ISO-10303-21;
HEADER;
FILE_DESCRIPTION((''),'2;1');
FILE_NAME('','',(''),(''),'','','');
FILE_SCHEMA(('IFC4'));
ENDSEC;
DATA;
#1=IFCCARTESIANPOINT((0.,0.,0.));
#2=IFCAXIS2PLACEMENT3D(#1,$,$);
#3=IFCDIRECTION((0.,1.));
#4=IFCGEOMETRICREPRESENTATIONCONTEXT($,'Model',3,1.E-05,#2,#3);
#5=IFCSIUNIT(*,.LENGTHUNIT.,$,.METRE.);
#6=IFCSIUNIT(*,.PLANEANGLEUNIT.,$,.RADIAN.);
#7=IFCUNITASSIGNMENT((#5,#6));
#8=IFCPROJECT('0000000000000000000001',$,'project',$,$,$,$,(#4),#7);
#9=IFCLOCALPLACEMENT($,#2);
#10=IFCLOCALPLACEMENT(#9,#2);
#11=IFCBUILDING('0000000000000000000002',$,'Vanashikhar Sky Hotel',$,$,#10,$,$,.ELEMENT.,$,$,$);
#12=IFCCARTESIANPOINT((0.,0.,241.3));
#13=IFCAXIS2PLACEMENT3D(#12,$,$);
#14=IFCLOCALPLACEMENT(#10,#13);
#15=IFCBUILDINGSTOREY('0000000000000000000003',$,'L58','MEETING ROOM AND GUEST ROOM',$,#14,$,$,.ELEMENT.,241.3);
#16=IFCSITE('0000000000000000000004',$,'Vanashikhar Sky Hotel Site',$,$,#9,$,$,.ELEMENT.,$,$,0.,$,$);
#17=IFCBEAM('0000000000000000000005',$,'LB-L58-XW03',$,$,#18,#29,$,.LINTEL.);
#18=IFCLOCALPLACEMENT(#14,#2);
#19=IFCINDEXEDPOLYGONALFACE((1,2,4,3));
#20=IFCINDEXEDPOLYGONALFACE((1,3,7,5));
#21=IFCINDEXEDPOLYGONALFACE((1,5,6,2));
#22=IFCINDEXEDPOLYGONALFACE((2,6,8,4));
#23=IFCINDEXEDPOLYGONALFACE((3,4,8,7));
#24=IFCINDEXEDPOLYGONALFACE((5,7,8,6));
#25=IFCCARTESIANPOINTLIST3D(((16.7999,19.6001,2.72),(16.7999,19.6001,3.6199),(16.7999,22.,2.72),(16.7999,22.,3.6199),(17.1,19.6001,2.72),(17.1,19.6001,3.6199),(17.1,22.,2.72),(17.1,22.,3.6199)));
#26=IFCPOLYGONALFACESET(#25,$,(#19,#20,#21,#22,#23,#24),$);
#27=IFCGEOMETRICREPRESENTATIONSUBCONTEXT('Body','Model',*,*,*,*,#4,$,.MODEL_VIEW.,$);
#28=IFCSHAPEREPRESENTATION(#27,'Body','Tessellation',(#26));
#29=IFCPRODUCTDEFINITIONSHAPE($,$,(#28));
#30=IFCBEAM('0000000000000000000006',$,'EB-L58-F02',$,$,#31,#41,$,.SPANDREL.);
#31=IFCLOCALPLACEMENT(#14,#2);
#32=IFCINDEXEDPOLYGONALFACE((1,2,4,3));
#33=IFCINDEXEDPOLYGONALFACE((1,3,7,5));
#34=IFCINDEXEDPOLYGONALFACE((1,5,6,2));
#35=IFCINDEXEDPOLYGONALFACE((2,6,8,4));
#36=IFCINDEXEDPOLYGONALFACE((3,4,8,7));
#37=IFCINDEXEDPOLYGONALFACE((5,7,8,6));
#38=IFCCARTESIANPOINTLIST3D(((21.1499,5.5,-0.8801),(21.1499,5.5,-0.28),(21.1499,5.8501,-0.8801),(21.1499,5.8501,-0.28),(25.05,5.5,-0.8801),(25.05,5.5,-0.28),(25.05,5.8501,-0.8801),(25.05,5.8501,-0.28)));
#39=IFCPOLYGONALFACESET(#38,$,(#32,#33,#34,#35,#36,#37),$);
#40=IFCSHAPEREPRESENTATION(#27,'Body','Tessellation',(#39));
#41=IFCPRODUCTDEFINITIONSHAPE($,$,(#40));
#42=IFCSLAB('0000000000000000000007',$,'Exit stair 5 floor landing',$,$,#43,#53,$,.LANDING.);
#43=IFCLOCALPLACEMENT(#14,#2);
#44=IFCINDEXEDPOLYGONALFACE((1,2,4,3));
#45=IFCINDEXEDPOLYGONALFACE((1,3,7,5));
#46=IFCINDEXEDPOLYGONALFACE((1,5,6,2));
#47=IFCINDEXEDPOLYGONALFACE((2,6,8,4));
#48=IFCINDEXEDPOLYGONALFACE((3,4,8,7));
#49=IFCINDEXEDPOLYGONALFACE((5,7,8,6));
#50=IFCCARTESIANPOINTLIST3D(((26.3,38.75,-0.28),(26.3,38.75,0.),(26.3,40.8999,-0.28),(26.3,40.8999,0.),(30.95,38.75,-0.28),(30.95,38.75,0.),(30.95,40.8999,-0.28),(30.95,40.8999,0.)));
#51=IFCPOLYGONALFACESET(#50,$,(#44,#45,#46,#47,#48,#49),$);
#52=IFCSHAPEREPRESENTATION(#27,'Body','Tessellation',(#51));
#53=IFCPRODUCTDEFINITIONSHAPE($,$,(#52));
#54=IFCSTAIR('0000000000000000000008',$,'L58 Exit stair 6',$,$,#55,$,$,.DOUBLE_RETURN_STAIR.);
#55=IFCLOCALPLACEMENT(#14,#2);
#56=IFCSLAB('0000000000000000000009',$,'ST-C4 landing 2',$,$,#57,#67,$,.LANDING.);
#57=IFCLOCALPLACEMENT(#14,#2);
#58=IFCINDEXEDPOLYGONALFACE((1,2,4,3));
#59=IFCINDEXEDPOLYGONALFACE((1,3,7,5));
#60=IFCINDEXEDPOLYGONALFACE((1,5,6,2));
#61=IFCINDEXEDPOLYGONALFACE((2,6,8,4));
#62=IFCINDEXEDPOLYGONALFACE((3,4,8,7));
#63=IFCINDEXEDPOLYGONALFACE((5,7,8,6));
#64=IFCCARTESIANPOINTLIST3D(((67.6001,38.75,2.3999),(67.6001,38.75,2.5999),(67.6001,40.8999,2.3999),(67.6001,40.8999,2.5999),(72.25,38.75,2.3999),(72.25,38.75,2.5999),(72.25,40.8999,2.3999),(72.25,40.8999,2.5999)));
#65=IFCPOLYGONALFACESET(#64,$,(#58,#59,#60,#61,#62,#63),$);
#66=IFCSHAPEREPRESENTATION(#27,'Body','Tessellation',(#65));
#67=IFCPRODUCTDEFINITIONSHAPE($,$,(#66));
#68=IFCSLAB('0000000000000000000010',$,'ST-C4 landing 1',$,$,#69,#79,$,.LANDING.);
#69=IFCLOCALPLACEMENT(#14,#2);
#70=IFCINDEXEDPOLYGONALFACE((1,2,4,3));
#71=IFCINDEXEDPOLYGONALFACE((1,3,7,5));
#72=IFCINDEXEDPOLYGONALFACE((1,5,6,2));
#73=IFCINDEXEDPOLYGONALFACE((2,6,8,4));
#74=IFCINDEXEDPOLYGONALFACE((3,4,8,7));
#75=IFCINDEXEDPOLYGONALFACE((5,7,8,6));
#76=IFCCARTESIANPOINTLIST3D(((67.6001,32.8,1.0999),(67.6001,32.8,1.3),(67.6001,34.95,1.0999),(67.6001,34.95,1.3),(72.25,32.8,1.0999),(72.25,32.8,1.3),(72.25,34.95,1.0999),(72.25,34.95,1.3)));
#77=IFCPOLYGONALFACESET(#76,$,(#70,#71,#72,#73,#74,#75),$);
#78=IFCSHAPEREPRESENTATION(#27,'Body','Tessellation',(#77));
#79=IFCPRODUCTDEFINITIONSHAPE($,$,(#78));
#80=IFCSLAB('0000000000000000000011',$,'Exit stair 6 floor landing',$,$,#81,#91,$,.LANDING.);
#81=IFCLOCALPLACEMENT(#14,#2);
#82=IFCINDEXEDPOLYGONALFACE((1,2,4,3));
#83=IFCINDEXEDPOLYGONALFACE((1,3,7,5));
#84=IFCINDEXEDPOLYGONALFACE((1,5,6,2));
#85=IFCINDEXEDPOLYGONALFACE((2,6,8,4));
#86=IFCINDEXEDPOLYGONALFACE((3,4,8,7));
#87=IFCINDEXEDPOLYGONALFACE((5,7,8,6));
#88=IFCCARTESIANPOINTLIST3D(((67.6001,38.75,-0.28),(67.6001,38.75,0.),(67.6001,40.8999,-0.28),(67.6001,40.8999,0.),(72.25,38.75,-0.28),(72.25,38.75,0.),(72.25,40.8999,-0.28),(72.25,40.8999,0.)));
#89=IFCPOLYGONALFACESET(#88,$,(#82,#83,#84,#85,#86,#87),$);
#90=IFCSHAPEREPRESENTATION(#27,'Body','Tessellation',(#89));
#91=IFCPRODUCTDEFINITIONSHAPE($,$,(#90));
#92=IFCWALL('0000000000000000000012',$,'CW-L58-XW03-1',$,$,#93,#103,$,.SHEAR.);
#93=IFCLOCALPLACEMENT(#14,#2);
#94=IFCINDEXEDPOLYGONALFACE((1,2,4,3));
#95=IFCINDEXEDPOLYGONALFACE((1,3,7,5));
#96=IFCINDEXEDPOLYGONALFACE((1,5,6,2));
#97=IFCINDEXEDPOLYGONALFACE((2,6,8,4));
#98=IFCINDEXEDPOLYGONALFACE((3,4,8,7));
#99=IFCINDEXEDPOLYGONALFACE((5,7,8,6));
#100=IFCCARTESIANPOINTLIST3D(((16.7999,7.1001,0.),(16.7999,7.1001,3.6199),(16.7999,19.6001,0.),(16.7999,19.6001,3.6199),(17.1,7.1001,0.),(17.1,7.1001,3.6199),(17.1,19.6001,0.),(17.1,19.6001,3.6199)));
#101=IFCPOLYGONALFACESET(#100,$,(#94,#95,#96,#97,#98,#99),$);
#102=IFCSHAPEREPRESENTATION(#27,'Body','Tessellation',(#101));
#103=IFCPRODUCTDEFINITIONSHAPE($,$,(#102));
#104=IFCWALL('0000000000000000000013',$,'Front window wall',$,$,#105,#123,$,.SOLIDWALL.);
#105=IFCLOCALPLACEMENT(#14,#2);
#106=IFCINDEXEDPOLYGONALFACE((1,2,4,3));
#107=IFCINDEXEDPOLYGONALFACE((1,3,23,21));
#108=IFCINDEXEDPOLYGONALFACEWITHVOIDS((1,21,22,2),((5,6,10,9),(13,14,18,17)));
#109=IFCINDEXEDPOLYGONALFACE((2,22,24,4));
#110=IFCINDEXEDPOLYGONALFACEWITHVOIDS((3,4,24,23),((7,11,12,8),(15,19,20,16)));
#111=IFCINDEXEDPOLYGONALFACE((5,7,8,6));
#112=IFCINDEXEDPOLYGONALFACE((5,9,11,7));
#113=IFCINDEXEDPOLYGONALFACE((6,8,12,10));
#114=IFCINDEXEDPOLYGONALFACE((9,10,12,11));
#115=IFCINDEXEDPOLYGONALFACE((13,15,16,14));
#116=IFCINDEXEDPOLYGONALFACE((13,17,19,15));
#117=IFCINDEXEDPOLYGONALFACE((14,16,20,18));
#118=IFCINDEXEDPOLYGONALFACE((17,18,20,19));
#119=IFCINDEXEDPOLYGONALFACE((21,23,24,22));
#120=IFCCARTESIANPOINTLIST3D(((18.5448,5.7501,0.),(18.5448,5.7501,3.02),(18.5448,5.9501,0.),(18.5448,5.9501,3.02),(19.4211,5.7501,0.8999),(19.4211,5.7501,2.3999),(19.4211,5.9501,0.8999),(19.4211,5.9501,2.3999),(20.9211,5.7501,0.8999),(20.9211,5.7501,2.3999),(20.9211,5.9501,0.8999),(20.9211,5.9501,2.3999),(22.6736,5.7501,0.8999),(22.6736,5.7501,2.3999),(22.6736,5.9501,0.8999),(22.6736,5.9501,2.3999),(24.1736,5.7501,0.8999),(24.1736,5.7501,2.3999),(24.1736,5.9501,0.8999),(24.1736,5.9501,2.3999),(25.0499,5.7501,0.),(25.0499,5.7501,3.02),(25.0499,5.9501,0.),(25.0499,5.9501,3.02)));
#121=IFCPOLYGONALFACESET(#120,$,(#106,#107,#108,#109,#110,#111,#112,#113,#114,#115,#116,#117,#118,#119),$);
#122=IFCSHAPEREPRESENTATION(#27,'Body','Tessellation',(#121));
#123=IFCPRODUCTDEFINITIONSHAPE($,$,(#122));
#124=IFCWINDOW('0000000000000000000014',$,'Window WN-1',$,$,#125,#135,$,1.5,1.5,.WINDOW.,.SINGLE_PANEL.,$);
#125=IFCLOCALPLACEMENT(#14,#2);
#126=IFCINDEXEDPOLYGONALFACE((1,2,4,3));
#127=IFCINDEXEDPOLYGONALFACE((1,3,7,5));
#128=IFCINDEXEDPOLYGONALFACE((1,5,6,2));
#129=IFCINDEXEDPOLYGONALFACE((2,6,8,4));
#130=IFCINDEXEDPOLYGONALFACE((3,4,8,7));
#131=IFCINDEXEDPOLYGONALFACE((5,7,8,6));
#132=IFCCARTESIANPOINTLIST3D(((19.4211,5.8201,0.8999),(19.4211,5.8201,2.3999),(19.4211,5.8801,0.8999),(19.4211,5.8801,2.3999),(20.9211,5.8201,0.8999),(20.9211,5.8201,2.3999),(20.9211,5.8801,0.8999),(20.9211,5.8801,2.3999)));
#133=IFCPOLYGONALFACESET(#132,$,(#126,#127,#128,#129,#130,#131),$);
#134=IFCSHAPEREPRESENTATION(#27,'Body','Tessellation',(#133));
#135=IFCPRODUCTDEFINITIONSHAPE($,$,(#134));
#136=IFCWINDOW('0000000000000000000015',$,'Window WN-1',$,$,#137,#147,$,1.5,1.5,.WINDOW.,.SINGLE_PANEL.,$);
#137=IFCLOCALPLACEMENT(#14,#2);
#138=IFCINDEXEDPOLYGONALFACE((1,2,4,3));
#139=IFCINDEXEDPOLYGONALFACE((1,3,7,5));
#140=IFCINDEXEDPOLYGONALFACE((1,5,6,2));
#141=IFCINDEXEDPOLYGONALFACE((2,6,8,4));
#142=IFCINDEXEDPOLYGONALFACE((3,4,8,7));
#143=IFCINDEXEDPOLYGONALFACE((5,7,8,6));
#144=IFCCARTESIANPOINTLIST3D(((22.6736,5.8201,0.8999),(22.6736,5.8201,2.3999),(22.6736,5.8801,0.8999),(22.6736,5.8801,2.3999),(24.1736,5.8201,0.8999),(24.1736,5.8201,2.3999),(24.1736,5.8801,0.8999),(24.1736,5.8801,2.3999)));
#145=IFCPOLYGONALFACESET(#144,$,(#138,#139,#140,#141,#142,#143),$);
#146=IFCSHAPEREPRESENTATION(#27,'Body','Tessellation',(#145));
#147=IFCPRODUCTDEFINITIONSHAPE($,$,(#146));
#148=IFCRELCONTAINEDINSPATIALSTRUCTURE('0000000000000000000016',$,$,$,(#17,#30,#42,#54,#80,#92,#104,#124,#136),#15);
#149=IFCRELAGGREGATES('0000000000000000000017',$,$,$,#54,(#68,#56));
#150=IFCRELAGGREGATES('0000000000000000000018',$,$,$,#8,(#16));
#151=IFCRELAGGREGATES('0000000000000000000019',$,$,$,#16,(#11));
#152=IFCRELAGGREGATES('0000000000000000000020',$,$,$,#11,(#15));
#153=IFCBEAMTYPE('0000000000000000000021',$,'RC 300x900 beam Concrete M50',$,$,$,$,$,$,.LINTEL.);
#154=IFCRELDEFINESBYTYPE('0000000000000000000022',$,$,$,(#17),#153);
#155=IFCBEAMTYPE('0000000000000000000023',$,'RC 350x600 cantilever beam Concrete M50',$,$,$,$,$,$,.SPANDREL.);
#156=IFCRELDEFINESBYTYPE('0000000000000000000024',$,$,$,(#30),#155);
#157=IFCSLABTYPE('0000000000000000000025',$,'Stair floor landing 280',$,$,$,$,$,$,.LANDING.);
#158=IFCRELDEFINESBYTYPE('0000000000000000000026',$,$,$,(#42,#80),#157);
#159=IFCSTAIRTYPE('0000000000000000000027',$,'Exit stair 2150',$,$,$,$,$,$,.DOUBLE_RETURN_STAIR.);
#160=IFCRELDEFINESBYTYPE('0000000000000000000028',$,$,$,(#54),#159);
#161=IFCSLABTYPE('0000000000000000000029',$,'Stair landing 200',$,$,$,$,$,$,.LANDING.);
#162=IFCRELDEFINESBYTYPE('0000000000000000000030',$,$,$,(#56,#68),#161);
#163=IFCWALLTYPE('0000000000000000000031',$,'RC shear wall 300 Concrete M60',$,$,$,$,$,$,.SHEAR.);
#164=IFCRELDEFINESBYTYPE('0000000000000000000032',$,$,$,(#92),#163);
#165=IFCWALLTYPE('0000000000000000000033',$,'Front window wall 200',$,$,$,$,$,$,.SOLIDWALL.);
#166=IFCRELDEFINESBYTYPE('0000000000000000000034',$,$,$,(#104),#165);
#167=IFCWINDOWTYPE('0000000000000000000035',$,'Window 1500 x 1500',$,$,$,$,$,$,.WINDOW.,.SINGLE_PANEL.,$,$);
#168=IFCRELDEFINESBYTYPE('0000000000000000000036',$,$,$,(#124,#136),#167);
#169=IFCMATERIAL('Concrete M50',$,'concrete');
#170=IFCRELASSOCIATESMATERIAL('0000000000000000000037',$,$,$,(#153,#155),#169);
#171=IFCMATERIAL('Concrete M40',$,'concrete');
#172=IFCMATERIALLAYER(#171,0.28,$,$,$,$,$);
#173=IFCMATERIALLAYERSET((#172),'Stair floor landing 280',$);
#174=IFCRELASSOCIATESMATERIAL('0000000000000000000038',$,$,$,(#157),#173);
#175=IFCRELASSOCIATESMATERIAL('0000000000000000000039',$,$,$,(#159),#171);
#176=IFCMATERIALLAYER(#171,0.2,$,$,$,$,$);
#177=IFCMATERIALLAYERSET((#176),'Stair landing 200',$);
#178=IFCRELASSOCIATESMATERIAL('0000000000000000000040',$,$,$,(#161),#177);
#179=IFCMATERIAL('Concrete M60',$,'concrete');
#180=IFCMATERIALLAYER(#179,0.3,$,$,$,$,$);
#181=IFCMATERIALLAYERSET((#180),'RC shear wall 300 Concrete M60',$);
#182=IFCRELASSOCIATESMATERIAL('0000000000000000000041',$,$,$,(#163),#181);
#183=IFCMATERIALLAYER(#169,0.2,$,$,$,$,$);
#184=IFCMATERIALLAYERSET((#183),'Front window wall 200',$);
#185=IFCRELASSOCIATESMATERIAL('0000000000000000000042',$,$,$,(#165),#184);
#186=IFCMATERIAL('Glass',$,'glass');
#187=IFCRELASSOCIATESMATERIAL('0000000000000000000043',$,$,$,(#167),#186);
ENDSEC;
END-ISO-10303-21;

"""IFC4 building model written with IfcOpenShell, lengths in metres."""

from ifc_helpers import new_model, si_unit, direction, frame, frame_2d, origin, origin_2d, place, context, subcontext, project, spatial, polyline, rectangle, outline, extrude, source, transform, mapped, material, layer, layer_set, material_profile, profile_set, type_object, element, fill, aggregate, save


model = new_model("IFC4")

# Units and contexts
model_context = context("Model", 3, precision=1e-05, world=origin(), true_north=direction((0.0, 1.0)))
body_context = subcontext(model_context, "Body", "Model", "MODEL_VIEW")
ifc_project = project(units=[si_unit("LENGTHUNIT", "METRE"), si_unit("PLANEANGLEUNIT", "RADIAN")], contexts=[model_context])

# Site, building, storey
site_placement = place(None, origin())
site = spatial("IfcSite", under=ifc_project, at=site_placement, Name="Vanashikhar Sky Hotel Site", CompositionType="ELEMENT", RefElevation=0.0)
building_placement = place(site_placement, origin())
building = spatial("IfcBuilding", under=site, at=building_placement, Name="Vanashikhar Sky Hotel", CompositionType="ELEMENT")
storey_placement = place(building_placement, frame((0.0, 0.0, 241.3)))
storey = spatial("IfcBuildingStorey", under=building, at=storey_placement, Name="L58", Description="MEETING ROOM AND GUEST ROOM", CompositionType="ELEMENT", Elevation=241.3)

# Beams
ifc_material_1 = material(Name="Concrete M50", Category="concrete")
ifc_material_profile_1 = material_profile(ifc_material_1, rectangle(XDim=0.3, YDim=0.8999, at=origin_2d()))
ifc_profile_set_1 = profile_set([ifc_material_profile_1], Name="RC 300x900 beam Concrete M50")
beam_type_1 = type_object("IfcBeamType", Name="RC 300x900 beam Concrete M50", PredefinedType="LINTEL", material=ifc_profile_set_1)
shared_shape_1 = source(origin(), body_context, "Body", "SweptSolid", [
    extrude(rectangle(XDim=0.3, YDim=0.8999, at=origin_2d()), origin(), (0.0, 0.0, 1.0), 2.3999),
])
beam_1_placement = place(storey_placement, frame((16.95, 19.6001, 3.1699), z_axis=(0.0, 1.0, 0.0), x_axis=(-1.0, 0.0, 0.0)))
element("IfcBeam", 1, at=beam_1_placement, inside=storey, type_object=beam_type_1, Name="LB-L58-XW03", PredefinedType="LINTEL", context=body_context, shape_type="MappedRepresentation", body=[
    mapped(shared_shape_1, transform((0.0, 0.0, 0.0), scale=1.0)),
])
ifc_material_profile_2 = material_profile(ifc_material_1, rectangle(XDim=0.3501, YDim=0.6001, at=origin_2d()))
ifc_profile_set_2 = profile_set([ifc_material_profile_2], Name="RC 350x600 cantilever beam Concrete M50")
beam_type_2 = type_object("IfcBeamType", Name="RC 350x600 cantilever beam Concrete M50", PredefinedType="SPANDREL", material=ifc_profile_set_2)
shared_shape_2 = source(origin(), body_context, "Body", "SweptSolid", [
    extrude(rectangle(XDim=0.3501, YDim=0.6001, at=origin_2d()), origin(), (0.0, 0.0, 1.0), 3.9001),
])
beam_2_placement = place(storey_placement, frame((21.1499, 5.675, -0.5801), z_axis=(1.0, 0.0, 0.0), x_axis=(0.0, 1.0, 0.0)))
element("IfcBeam", 2, at=beam_2_placement, inside=storey, type_object=beam_type_2, Name="EB-L58-F02", PredefinedType="SPANDREL", context=body_context, shape_type="MappedRepresentation", body=[
    mapped(shared_shape_2, transform((0.0, 0.0, 0.0), scale=1.0)),
])

# Slab
ifc_material_2 = material(Name="Concrete M40", Category="concrete")
ifc_layer_1 = layer(ifc_material_2, 0.28)
ifc_layer_set_1 = layer_set([ifc_layer_1], Name="Stair floor landing 280")
slab_type_1 = type_object("IfcSlabType", Name="Stair floor landing 280", PredefinedType="LANDING", material=ifc_layer_set_1)
shared_shape_3 = source(origin(), body_context, "Body", "SweptSolid", [
    extrude(outline(polyline([(30.95, 38.75), (30.95, 40.8999), (26.3, 40.8999), (26.3, 38.75), (30.95, 38.75)])), origin(), (0.0, 0.0, 1.0), 0.28),
])
slab_1_placement = place(storey_placement, frame((0.0, 0.0, -0.28)))
element("IfcSlab", 3, at=slab_1_placement, inside=storey, type_object=slab_type_1, Name="Exit stair 5 floor landing", PredefinedType="LANDING", context=body_context, shape_type="MappedRepresentation", body=[
    mapped(shared_shape_3, transform((0.0, 0.0, 0.0), scale=1.0)),
])

# Stair, slabs
stair_type = type_object("IfcStairType", Name="Exit stair 2150", PredefinedType="DOUBLE_RETURN_STAIR", material=ifc_material_2)
stair_placement = place(storey_placement, origin())
stair = element("IfcStair", 4, at=stair_placement, inside=storey, type_object=stair_type, Name="L58 Exit stair 6", PredefinedType="DOUBLE_RETURN_STAIR")
ifc_layer_2 = layer(ifc_material_2, 0.2)
ifc_layer_set_2 = layer_set([ifc_layer_2], Name="Stair landing 200")
slab_type_2 = type_object("IfcSlabType", Name="Stair landing 200", PredefinedType="LANDING", material=ifc_layer_set_2)
shared_shape_4 = source(origin(), body_context, "Body", "SweptSolid", [
    extrude(outline(polyline([(72.25, 38.75), (72.25, 40.8999), (67.6001, 40.8999), (67.6001, 38.75), (72.25, 38.75)])), origin(), (0.0, 0.0, 1.0), 0.2),
])
slab_2_placement = place(storey_placement, frame((0.0, 0.0, 2.3999)))
slab_2 = element("IfcSlab", 5, at=slab_2_placement, type_object=slab_type_2, Name="ST-C4 landing 2", PredefinedType="LANDING", context=body_context, shape_type="MappedRepresentation", body=[
    mapped(shared_shape_4, transform((0.0, 0.0, 0.0), scale=1.0)),
])
shared_shape_5 = source(origin(), body_context, "Body", "SweptSolid", [
    extrude(outline(polyline([(72.25, 32.8), (72.25, 34.95), (67.6001, 34.95), (67.6001, 32.8), (72.25, 32.8)])), origin(), (0.0, 0.0, 1.0), 0.2002),
])
slab_3_placement = place(storey_placement, frame((0.0, 0.0, 1.0999)))
slab_3 = element("IfcSlab", 6, at=slab_3_placement, type_object=slab_type_2, Name="ST-C4 landing 1", PredefinedType="LANDING", context=body_context, shape_type="MappedRepresentation", body=[
    mapped(shared_shape_5, transform((0.0, 0.0, 0.0), scale=1.0)),
])
aggregate(stair, [slab_3, slab_2])

# Slab
shared_shape_6 = source(origin(), body_context, "Body", "SweptSolid", [
    extrude(outline(polyline([(72.25, 38.75), (72.25, 40.8999), (67.6001, 40.8999), (67.6001, 38.75), (72.25, 38.75)])), origin(), (0.0, 0.0, 1.0), 0.28),
])
slab_4_placement = place(storey_placement, frame((0.0, 0.0, -0.28)))
element("IfcSlab", 7, at=slab_4_placement, inside=storey, type_object=slab_type_1, Name="Exit stair 6 floor landing", PredefinedType="LANDING", context=body_context, shape_type="MappedRepresentation", body=[
    mapped(shared_shape_6, transform((0.0, 0.0, 0.0), scale=1.0)),
])

# Wall
ifc_material_3 = material(Name="Concrete M60", Category="concrete")
ifc_layer_3 = layer(ifc_material_3, 0.3)
ifc_layer_set_3 = layer_set([ifc_layer_3], Name="RC shear wall 300 Concrete M60")
wall_type_1 = type_object("IfcWallType", Name="RC shear wall 300 Concrete M60", PredefinedType="SHEAR", material=ifc_layer_set_3)
shared_shape_7 = source(origin(), body_context, "Body", "SweptSolid", [
    extrude(rectangle(XDim=12.5, YDim=0.3, at=frame_2d((6.25, 0.0))), origin(), (0.0, 0.0, 1.0), 3.6199),
])
wall_1_placement = place(storey_placement, frame((16.95, 7.1001, 0.0), z_axis=(0.0, 0.0, 1.0), x_axis=(0.0, 1.0, 0.0)))
element("IfcWall", 8, at=wall_1_placement, inside=storey, type_object=wall_type_1, Name="CW-L58-XW03-1", PredefinedType="SHEAR", context=body_context, shape_type="MappedRepresentation", body=[
    mapped(shared_shape_7, transform((0.0, 0.0, 0.0), scale=1.0)),
])

# Wall, openings, windows
ifc_layer_4 = layer(ifc_material_1, 0.2)
ifc_layer_set_4 = layer_set([ifc_layer_4], Name="Front window wall 200")
wall_type_2 = type_object("IfcWallType", Name="Front window wall 200", PredefinedType="SOLIDWALL", material=ifc_layer_set_4)
shared_shape_8 = source(origin(), body_context, "Body", "SweptSolid", [
    extrude(rectangle(XDim=6.5051, YDim=0.2, at=frame_2d((3.2524, 0.0))), origin(), (0.0, 0.0, 1.0), 3.02),
])
wall_2_placement = place(storey_placement, frame((18.5449, 5.8501, 0.0), z_axis=(0.0, 0.0, 1.0), x_axis=(1.0, 0.0, 0.0)))
wall_2 = element("IfcWall", 9, at=wall_2_placement, inside=storey, type_object=wall_type_2, Name="Front window wall", PredefinedType="SOLIDWALL", context=body_context, shape_type="MappedRepresentation", body=[
    mapped(shared_shape_8, transform((0.0, 0.0, 0.0), scale=1.0)),
])
shared_shape_9 = source(origin(), body_context, "Body", "SweptSolid", [
    extrude(rectangle(XDim=1.5, YDim=1.5, at=frame_2d((0.75, 0.75))), frame((0.0, 0.1099, 0.0), z_axis=(0.0, -1.0, 0.0), x_axis=(1.0, 0.0, 0.0)), (0.0, 0.0, 1.0), 0.22),
])
opening_1_placement = place(wall_2_placement, frame((0.8762, 0.0, 0.8999)))
opening_1 = element("IfcOpeningElement", 10, at=opening_1_placement, cuts=wall_2, PredefinedType="OPENING", context=body_context, shape_type="MappedRepresentation", body=[
    mapped(shared_shape_9, transform((0.0, 0.0, 0.0), scale=1.0)),
])
opening_2_placement = place(wall_2_placement, frame((4.1287, 0.0, 0.8999)))
opening_2 = element("IfcOpeningElement", 11, at=opening_2_placement, cuts=wall_2, PredefinedType="OPENING", context=body_context, shape_type="MappedRepresentation", body=[
    mapped(shared_shape_9, transform((0.0, 0.0, 0.0), scale=1.0)),
])
ifc_material_4 = material(Name="Glass", Category="glass")
window_type_1 = type_object("IfcWindowType", Name="Window 1500 x 1500", PartitioningType="SINGLE_PANEL", PredefinedType="WINDOW", material=ifc_material_4)
shared_shape_10 = source(origin(), body_context, "Body", "SweptSolid", [
    extrude(rectangle(XDim=1.5, YDim=1.5, at=frame_2d((0.75, 0.75))), frame((0.0, 0.03, 0.0), z_axis=(0.0, -1.0, 0.0), x_axis=(1.0, 0.0, 0.0)), (0.0, 0.0, 1.0), 0.0601),
])
window_1_placement = place(opening_1_placement, origin())
window_1 = element("IfcWindow", 12, at=window_1_placement, inside=storey, type_object=window_type_1, Name="Window WN-1", OverallHeight=1.5, OverallWidth=1.5, PartitioningType="SINGLE_PANEL", PredefinedType="WINDOW", context=body_context, shape_type="MappedRepresentation", body=[
    mapped(shared_shape_10, transform((0.0, 0.0, 0.0), scale=1.0)),
])
fill(opening_1, window_1)
window_2_placement = place(opening_2_placement, origin())
window_2 = element("IfcWindow", 13, at=window_2_placement, inside=storey, type_object=window_type_1, Name="Window WN-1", OverallHeight=1.5, OverallWidth=1.5, PartitioningType="SINGLE_PANEL", PredefinedType="WINDOW", context=body_context, shape_type="MappedRepresentation", body=[
    mapped(shared_shape_10, transform((0.0, 0.0, 0.0), scale=1.0)),
])
fill(opening_2, window_2)

save(model, "model.ifc")
